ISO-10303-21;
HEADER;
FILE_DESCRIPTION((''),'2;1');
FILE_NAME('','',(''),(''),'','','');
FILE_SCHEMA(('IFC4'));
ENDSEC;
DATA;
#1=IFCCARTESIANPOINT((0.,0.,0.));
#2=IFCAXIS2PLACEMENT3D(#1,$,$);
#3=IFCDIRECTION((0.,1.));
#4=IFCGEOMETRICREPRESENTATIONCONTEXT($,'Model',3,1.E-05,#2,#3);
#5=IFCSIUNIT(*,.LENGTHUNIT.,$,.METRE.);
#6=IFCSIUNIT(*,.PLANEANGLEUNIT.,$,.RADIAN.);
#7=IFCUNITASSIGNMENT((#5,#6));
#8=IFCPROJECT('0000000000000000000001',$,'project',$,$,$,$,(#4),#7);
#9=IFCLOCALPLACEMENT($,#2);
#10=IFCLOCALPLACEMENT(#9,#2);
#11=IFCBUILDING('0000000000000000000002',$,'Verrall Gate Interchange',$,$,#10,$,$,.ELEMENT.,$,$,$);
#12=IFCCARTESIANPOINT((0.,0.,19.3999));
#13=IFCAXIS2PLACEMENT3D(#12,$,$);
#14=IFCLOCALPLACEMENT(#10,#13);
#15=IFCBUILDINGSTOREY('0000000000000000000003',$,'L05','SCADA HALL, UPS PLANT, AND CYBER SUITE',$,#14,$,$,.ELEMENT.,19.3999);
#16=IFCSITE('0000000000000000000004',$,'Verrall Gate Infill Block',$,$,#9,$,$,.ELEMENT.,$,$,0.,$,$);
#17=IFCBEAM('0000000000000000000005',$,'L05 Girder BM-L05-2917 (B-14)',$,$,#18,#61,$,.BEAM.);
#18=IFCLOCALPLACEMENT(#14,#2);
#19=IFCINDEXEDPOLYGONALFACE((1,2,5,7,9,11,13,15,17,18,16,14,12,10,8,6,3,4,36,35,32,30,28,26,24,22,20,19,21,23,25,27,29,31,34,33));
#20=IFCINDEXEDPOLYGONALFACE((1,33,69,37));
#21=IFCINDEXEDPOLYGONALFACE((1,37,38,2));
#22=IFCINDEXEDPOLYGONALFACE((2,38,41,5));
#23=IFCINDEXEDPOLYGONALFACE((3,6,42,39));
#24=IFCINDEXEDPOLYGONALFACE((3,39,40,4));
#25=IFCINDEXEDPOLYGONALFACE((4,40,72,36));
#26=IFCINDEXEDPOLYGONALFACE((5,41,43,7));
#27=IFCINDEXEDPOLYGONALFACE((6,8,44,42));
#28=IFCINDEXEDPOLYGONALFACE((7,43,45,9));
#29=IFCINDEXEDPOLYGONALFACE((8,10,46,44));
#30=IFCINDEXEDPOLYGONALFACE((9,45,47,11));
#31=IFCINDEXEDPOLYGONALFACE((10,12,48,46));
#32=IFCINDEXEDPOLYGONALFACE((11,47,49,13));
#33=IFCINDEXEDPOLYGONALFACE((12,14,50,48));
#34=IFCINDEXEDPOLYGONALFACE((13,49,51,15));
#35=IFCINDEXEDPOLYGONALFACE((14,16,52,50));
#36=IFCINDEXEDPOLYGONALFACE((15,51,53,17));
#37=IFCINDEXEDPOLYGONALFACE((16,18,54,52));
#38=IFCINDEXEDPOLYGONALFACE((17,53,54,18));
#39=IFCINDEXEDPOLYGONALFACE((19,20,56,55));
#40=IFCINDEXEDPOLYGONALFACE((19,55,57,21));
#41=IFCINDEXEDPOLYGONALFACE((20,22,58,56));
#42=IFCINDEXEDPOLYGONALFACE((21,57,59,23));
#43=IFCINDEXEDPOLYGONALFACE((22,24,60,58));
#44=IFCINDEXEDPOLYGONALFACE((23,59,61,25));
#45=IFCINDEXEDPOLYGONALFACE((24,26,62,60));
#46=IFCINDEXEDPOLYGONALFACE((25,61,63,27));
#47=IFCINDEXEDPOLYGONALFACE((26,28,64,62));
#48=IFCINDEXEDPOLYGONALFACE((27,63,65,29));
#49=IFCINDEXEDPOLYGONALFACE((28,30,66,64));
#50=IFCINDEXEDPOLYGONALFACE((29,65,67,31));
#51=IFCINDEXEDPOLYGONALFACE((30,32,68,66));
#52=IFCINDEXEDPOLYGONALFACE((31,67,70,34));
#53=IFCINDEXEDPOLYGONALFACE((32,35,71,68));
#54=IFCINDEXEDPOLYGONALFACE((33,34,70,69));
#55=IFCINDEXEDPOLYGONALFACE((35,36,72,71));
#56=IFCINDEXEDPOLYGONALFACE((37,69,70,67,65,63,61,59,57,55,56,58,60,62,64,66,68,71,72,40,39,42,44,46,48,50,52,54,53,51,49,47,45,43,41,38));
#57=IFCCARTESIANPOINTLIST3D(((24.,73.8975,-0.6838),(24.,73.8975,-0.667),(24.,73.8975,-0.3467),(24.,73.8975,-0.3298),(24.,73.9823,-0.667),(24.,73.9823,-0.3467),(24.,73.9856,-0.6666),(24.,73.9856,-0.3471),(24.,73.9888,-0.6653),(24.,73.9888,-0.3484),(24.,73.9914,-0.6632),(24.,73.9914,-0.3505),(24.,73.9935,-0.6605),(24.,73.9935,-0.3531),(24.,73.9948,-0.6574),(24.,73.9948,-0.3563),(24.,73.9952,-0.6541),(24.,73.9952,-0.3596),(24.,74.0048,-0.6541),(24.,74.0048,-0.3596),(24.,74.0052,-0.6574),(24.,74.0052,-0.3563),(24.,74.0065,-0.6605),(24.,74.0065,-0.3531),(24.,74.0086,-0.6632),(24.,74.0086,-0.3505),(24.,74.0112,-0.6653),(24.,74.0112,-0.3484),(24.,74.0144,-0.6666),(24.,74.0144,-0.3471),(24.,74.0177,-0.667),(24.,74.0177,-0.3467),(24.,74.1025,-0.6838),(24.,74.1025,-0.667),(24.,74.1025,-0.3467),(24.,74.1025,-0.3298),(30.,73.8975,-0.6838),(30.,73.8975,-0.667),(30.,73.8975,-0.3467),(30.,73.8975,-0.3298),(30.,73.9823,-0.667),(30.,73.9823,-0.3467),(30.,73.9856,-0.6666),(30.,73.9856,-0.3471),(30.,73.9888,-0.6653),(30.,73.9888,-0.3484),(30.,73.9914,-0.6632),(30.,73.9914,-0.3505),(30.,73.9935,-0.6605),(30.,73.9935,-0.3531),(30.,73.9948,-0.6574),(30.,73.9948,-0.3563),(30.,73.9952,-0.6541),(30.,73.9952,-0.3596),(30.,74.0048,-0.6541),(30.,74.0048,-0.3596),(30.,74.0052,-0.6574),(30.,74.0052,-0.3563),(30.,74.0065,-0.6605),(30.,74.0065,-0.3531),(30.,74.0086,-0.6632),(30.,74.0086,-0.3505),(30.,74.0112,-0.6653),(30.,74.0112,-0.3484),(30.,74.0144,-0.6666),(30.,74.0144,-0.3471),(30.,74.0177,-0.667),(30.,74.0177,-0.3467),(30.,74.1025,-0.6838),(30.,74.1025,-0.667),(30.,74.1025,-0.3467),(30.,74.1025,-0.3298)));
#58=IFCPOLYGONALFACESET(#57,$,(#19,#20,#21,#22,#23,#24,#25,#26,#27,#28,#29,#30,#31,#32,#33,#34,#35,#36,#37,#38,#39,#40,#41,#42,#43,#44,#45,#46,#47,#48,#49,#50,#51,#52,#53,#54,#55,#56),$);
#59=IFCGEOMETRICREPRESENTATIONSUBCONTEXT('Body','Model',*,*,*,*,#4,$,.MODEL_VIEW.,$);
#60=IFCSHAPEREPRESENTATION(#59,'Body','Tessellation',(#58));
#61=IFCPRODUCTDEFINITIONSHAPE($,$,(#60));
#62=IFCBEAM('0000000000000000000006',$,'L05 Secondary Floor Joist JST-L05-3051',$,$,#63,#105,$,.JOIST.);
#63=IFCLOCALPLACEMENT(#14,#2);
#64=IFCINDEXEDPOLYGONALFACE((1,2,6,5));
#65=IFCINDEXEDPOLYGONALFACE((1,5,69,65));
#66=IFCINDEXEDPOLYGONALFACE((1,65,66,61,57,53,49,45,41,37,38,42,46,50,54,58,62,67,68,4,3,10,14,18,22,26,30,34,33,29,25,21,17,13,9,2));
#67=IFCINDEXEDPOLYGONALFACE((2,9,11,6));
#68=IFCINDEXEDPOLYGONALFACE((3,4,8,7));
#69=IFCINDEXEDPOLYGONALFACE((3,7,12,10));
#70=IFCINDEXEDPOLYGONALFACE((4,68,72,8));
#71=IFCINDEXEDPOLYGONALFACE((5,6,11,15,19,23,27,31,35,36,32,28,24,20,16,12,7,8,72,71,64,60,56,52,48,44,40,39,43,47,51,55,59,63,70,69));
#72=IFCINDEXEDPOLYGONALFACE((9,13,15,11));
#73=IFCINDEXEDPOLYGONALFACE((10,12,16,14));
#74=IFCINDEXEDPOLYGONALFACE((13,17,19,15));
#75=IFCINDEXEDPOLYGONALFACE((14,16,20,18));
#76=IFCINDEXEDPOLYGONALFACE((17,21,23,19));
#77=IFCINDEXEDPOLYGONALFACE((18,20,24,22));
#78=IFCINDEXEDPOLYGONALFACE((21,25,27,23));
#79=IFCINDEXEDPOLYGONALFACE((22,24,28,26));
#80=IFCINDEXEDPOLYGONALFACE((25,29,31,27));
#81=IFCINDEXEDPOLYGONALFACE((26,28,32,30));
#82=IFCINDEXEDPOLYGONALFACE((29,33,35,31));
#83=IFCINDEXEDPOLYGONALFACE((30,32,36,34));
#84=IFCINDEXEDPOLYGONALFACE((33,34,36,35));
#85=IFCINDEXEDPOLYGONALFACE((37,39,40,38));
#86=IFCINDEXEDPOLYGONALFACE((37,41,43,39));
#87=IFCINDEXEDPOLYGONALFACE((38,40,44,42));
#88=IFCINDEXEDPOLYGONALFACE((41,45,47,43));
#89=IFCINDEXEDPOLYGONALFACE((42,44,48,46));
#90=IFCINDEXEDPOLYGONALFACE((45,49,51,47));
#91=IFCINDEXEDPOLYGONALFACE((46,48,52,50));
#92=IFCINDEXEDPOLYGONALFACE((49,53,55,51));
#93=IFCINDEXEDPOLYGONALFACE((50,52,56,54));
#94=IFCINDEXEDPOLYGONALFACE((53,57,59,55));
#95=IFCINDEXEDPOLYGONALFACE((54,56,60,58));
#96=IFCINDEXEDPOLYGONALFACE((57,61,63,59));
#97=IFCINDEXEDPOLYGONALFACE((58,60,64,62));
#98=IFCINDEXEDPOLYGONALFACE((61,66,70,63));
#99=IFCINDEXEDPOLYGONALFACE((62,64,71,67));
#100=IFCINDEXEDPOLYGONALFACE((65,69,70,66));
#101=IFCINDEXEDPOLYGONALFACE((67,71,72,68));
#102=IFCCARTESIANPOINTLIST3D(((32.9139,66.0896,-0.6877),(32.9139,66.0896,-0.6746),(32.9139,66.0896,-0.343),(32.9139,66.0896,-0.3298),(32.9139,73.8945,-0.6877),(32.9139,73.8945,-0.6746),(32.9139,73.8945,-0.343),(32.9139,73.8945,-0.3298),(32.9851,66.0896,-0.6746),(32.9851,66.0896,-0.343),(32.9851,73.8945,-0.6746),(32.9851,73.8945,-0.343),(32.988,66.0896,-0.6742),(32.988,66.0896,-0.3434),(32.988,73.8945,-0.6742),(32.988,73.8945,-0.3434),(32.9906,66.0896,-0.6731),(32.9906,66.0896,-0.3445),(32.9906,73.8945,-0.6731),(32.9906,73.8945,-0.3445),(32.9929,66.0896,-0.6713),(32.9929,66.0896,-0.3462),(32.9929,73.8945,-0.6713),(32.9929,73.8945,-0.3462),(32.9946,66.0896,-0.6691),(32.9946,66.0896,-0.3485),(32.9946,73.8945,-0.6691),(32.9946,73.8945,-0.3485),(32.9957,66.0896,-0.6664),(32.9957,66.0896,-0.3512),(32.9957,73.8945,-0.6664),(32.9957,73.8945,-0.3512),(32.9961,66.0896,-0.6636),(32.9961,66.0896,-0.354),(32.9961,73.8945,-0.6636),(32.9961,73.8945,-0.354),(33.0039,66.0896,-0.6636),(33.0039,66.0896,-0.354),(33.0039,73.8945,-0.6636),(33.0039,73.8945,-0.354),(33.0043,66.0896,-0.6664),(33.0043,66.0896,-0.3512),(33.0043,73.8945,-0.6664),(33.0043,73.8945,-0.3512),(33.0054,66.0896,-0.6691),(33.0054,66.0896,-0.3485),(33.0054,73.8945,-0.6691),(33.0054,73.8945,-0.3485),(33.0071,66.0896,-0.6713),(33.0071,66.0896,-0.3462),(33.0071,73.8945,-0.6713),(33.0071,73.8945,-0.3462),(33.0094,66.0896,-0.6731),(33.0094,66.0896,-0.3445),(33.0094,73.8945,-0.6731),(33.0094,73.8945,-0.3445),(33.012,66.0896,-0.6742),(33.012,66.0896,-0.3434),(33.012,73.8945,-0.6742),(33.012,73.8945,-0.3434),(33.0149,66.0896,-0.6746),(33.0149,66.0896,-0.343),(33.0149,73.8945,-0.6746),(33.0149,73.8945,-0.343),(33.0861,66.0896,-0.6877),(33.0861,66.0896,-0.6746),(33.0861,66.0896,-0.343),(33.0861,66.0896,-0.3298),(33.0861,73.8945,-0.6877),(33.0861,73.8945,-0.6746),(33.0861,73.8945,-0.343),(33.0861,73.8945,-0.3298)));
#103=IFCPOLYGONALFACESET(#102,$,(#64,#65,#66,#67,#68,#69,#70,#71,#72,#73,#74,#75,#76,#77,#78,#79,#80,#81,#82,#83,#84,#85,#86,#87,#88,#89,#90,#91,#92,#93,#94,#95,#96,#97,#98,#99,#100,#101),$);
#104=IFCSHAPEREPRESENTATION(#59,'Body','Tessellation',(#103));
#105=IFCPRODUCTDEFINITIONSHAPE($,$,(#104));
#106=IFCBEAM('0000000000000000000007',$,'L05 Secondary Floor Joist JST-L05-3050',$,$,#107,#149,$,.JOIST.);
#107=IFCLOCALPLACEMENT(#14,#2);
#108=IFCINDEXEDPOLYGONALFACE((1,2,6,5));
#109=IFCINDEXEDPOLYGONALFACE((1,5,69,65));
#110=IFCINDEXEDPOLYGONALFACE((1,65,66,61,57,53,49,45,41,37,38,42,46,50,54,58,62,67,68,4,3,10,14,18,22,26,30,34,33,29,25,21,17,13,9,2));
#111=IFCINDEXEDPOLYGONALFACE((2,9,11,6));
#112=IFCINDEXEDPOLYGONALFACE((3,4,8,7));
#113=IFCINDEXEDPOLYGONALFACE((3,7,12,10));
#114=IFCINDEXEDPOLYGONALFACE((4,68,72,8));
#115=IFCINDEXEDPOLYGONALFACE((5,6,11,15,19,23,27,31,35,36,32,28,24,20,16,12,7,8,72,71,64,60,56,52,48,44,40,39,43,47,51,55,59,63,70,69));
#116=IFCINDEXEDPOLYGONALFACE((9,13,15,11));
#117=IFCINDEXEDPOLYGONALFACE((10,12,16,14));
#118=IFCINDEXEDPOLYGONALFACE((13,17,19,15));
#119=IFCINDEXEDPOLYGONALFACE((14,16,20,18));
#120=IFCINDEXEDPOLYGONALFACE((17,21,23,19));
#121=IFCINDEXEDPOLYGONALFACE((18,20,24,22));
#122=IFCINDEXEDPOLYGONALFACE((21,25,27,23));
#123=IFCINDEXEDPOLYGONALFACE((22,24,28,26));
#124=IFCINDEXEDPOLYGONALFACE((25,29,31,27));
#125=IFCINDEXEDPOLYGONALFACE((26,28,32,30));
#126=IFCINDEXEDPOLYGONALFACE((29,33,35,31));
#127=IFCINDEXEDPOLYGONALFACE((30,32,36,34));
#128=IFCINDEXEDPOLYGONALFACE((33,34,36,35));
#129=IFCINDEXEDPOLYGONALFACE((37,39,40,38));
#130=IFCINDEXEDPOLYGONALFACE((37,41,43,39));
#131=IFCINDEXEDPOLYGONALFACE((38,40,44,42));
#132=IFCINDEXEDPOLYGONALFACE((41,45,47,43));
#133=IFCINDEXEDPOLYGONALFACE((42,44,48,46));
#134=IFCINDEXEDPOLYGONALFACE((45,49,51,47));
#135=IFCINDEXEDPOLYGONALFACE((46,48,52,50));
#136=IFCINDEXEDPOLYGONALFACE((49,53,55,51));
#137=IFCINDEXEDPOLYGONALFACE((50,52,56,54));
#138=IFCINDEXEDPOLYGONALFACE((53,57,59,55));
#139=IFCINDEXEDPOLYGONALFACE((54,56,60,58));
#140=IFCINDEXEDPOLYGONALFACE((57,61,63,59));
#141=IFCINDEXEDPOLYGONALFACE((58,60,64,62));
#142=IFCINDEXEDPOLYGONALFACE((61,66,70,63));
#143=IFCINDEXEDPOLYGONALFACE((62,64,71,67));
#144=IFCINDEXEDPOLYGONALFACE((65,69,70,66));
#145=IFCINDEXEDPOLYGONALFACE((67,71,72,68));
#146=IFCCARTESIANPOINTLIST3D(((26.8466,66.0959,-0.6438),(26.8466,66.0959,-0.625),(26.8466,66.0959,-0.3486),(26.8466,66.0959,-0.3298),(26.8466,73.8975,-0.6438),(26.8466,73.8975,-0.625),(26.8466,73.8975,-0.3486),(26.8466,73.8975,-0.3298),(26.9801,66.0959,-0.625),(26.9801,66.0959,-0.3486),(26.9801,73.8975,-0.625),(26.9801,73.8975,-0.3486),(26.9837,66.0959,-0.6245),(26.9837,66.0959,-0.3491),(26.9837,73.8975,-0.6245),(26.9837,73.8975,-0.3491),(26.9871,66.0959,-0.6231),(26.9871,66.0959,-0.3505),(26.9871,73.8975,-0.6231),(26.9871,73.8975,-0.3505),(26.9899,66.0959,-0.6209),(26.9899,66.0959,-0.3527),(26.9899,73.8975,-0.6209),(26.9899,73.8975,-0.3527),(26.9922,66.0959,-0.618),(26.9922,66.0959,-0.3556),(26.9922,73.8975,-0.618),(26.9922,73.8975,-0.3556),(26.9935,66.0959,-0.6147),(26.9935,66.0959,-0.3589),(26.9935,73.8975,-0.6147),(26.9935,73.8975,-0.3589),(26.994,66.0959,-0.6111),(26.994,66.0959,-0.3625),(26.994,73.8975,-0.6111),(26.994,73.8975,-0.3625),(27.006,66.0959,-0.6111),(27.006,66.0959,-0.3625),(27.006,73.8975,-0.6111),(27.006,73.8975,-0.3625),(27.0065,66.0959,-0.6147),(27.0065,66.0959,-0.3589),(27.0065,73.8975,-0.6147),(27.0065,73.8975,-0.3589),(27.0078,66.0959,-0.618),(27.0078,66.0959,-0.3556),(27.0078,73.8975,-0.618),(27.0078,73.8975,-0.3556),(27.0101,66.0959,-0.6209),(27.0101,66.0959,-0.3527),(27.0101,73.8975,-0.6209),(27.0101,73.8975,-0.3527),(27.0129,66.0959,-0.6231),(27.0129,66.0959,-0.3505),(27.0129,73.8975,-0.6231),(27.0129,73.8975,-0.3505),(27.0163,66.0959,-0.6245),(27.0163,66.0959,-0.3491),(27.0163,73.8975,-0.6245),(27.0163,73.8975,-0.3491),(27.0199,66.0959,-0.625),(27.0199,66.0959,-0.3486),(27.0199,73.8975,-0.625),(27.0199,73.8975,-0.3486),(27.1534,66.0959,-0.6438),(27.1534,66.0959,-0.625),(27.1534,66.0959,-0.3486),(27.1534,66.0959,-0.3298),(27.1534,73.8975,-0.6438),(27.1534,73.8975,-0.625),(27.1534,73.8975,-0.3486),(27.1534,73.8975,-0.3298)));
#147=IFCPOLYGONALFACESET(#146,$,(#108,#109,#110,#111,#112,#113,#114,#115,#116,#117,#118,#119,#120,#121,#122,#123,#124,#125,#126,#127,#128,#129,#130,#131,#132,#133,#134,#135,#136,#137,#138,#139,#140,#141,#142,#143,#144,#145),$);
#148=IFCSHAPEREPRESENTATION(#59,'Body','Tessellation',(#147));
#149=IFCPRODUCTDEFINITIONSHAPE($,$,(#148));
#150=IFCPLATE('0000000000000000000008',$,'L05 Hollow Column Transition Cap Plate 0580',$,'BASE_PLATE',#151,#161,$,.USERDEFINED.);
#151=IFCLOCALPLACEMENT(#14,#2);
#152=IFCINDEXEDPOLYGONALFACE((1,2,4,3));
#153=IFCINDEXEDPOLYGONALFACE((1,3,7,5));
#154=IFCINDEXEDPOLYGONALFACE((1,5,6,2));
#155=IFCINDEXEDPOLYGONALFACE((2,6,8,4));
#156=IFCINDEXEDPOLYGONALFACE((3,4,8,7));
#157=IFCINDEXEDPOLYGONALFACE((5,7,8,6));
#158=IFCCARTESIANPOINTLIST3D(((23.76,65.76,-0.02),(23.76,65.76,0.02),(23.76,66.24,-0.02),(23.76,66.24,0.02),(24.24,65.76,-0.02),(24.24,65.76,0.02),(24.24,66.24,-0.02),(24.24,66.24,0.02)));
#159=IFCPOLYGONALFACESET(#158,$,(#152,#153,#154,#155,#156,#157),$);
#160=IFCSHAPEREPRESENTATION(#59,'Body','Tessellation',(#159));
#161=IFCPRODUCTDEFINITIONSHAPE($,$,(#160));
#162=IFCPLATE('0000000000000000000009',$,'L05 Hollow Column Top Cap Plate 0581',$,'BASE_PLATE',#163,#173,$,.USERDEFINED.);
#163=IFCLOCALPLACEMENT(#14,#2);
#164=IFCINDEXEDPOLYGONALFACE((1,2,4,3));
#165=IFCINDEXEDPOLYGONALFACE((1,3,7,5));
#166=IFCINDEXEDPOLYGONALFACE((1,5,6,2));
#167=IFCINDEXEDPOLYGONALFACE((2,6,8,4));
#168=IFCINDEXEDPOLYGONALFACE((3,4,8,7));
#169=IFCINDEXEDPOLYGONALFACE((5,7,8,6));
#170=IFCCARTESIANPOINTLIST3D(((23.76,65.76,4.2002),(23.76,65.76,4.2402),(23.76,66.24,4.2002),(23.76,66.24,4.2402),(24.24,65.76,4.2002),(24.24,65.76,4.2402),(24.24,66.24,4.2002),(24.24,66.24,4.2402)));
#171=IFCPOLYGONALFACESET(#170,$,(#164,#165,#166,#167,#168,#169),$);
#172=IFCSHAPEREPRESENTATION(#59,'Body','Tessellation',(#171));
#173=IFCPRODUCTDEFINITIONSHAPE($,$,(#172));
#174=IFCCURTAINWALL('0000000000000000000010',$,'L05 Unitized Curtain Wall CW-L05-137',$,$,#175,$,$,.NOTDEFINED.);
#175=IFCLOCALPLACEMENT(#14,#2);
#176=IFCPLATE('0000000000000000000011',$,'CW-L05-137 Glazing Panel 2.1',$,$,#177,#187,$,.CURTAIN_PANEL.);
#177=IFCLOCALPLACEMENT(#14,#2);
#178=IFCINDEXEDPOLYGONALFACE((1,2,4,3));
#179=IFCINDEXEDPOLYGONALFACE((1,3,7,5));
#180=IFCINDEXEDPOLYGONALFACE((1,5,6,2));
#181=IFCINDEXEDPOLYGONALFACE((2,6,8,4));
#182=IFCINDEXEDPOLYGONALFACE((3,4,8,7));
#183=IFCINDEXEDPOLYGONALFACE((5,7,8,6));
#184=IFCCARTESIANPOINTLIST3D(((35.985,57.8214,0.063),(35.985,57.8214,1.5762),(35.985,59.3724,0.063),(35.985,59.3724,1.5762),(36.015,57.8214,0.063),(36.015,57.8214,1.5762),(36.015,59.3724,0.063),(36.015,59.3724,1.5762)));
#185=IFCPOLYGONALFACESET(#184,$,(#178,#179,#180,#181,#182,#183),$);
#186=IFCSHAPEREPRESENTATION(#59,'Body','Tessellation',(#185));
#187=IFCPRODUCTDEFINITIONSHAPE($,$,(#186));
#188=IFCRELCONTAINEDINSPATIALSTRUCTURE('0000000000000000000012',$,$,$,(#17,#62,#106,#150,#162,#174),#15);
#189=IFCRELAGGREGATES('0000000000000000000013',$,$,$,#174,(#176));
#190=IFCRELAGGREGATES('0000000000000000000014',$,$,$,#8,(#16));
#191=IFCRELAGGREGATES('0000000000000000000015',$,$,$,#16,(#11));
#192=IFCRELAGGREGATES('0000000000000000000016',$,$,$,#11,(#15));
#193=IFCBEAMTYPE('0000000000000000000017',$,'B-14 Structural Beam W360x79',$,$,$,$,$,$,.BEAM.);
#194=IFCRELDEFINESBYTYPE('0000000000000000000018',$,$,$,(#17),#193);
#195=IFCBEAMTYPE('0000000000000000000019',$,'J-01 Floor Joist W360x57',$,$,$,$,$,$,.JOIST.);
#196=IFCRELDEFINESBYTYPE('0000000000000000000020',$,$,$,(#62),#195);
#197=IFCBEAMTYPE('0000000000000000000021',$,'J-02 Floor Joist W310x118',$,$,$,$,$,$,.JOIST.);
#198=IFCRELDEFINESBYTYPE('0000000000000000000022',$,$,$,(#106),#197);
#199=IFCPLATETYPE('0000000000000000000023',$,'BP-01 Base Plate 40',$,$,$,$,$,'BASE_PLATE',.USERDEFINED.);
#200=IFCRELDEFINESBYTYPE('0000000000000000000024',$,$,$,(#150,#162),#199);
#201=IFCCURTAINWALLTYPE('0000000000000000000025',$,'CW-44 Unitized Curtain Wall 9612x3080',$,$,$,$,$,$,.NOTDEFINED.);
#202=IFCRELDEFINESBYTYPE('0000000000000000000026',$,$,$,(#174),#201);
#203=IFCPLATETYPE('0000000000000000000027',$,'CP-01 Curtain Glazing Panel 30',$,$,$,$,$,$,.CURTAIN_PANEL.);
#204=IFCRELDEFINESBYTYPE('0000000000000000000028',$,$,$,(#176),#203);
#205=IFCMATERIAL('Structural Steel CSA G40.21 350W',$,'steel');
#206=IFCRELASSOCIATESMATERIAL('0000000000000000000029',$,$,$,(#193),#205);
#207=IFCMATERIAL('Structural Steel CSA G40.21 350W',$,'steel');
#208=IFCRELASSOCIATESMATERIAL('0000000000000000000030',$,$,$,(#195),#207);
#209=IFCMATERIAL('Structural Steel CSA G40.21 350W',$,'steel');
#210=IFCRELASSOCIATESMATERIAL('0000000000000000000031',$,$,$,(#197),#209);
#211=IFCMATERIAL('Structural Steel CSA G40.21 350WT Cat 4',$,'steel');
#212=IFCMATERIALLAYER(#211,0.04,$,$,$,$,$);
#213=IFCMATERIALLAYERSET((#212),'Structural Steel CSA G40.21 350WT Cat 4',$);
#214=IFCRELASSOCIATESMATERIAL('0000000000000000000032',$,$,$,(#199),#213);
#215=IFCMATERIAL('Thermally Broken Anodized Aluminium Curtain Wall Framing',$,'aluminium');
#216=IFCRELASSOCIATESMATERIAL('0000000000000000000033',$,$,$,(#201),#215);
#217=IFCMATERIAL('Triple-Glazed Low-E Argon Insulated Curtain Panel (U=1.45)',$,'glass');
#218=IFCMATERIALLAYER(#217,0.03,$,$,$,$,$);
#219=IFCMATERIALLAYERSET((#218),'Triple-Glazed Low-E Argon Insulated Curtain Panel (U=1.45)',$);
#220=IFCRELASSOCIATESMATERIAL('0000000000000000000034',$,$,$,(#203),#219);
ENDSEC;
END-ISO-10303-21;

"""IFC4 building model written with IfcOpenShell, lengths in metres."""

from ifc_helpers import new_model, si_unit, direction, frame, origin, origin_2d, place, context, subcontext, project, spatial, rectangle, i_section, extrude, material, layer, layer_set, material_profile, profile_set, type_object, element, aggregate, save


model = new_model("IFC4")

# Units and contexts
model_context = context("Model", 3, precision=1e-05, world=origin(), true_north=direction((0.0, 1.0)))
body_context = subcontext(model_context, "Body", "Model", "MODEL_VIEW")
ifc_project = project(units=[si_unit("LENGTHUNIT", "METRE"), si_unit("PLANEANGLEUNIT", "RADIAN")], contexts=[model_context])

# Site, building, storey
site_placement = place(None, origin())
site = spatial("IfcSite", under=ifc_project, at=site_placement, Name="Verrall Gate Infill Block", CompositionType="ELEMENT", RefElevation=0.0)
building_placement = place(site_placement, origin())
building = spatial("IfcBuilding", under=site, at=building_placement, Name="Verrall Gate Interchange", CompositionType="ELEMENT")
storey_placement = place(building_placement, frame((0.0, 0.0, 19.3999)))
storey = spatial("IfcBuildingStorey", under=building, at=storey_placement, Name="L05", Description="SCADA HALL, UPS PLANT, AND CYBER SUITE", CompositionType="ELEMENT", Elevation=19.3999)

# Beams
ifc_material_1 = material(Name="Structural Steel CSA G40.21 350W", Category="steel")
ifc_material_profile_1 = material_profile(ifc_material_1, i_section(OverallWidth=0.2051, OverallDepth=0.354, WebThickness=0.0095, FlangeThickness=0.0168, FilletRadius=0.0129, at=origin_2d()), Name="W360x79")
ifc_profile_set_1 = profile_set([ifc_material_profile_1], Name="Structural Steel CSA G40.21 350W")
beam_type_1 = type_object("IfcBeamType", Name="B-14 Structural Beam W360x79", PredefinedType="BEAM", material=ifc_profile_set_1)
beam_1_placement = place(storey_placement, frame((24.0, 74.0, -0.5068), z_axis=(1.0, 0.0, 0.0), x_axis=(0.0, 1.0, 0.0)))
element("IfcBeam", 1, at=beam_1_placement, inside=storey, type_object=beam_type_1, Name="L05 Girder BM-L05-2917 (B-14)", PredefinedType="BEAM", context=body_context, shape_type="SweptSolid", body=[
    extrude(i_section(OverallWidth=0.2051, OverallDepth=0.354, WebThickness=0.0095, FlangeThickness=0.0168, FilletRadius=0.0129, at=origin_2d()), origin(), (0.0, 0.0, 1.0), 6.0),
])
ifc_material_2 = material(Name="Structural Steel CSA G40.21 350W", Category="steel")
ifc_material_profile_2 = material_profile(ifc_material_2, i_section(OverallWidth=0.1721, OverallDepth=0.3579, WebThickness=0.0078, FlangeThickness=0.0132, FilletRadius=0.011, at=origin_2d()), Name="W360x57")
ifc_profile_set_2 = profile_set([ifc_material_profile_2], Name="Structural Steel CSA G40.21 350W")
beam_type_2 = type_object("IfcBeamType", Name="J-01 Floor Joist W360x57", PredefinedType="JOIST", material=ifc_profile_set_2)
beam_2_placement = place(storey_placement, frame((33.0, 66.0896, -0.5088), z_axis=(0.0, 1.0, 0.0), x_axis=(-1.0, 0.0, 0.0)))
element("IfcBeam", 2, at=beam_2_placement, inside=storey, type_object=beam_type_2, Name="L05 Secondary Floor Joist JST-L05-3051", PredefinedType="JOIST", context=body_context, shape_type="SweptSolid", body=[
    extrude(i_section(OverallWidth=0.1721, OverallDepth=0.3579, WebThickness=0.0078, FlangeThickness=0.0132, FilletRadius=0.011, at=origin_2d()), origin(), (0.0, 0.0, 1.0), 7.8049),
])
ifc_material_3 = material(Name="Structural Steel CSA G40.21 350W", Category="steel")
ifc_material_profile_3 = material_profile(ifc_material_3, i_section(OverallWidth=0.3069, OverallDepth=0.314, WebThickness=0.012, FlangeThickness=0.0188, FilletRadius=0.0139, at=origin_2d()), Name="W310x118")
ifc_profile_set_3 = profile_set([ifc_material_profile_3], Name="Structural Steel CSA G40.21 350W")
beam_type_3 = type_object("IfcBeamType", Name="J-02 Floor Joist W310x118", PredefinedType="JOIST", material=ifc_profile_set_3)
beam_3_placement = place(storey_placement, frame((27.0, 66.0959, -0.4868), z_axis=(0.0, 1.0, 0.0), x_axis=(-1.0, 0.0, 0.0)))
element("IfcBeam", 3, at=beam_3_placement, inside=storey, type_object=beam_type_3, Name="L05 Secondary Floor Joist JST-L05-3050", PredefinedType="JOIST", context=body_context, shape_type="SweptSolid", body=[
    extrude(i_section(OverallWidth=0.3069, OverallDepth=0.314, WebThickness=0.012, FlangeThickness=0.0188, FilletRadius=0.0139, at=origin_2d()), origin(), (0.0, 0.0, 1.0), 7.8015),
])

# Plates
ifc_material_4 = material(Name="Structural Steel CSA G40.21 350WT Cat 4", Category="steel")
ifc_layer_1 = layer(ifc_material_4, 0.04)
ifc_layer_set_1 = layer_set([ifc_layer_1], Name="Structural Steel CSA G40.21 350WT Cat 4")
plate_type_1 = type_object("IfcPlateType", Name="BP-01 Base Plate 40", ElementType="BASE_PLATE", PredefinedType="USERDEFINED", material=ifc_layer_set_1)
for number, where, z_axis, x_axis, name in (
    (4, (24.0, 66.0, -0.02), (0.0, 0.0, 1.0), (1.0, 0.0, 0.0), "L05 Hollow Column Transition Cap Plate 0580"),
    (5, (24.0, 66.0, 4.2002), (0.0, 0.0, 1.0), (1.0, 0.0, 0.0), "L05 Hollow Column Top Cap Plate 0581"),
):
    element("IfcPlate", number, at=place(storey_placement, frame(where, z_axis=z_axis, x_axis=x_axis)), inside=storey, type_object=plate_type_1, Name=name, ObjectType="BASE_PLATE", PredefinedType="USERDEFINED", context=body_context, shape_type="SweptSolid", body=[
        extrude(rectangle(XDim=0.48, YDim=0.48, at=origin_2d()), origin(), (0.0, 0.0, 1.0), 0.04),
    ])

# Curtain wall, plate
ifc_material_5 = material(Name="Thermally Broken Anodized Aluminium Curtain Wall Framing", Category="aluminium")
curtain_wall_type = type_object("IfcCurtainWallType", Name="CW-44 Unitized Curtain Wall 9612x3080", PredefinedType="NOTDEFINED", material=ifc_material_5)
curtain_wall_placement = place(storey_placement, origin())
curtain_wall = element("IfcCurtainWall", 6, at=curtain_wall_placement, inside=storey, type_object=curtain_wall_type, Name="L05 Unitized Curtain Wall CW-L05-137", PredefinedType="NOTDEFINED")
ifc_material_6 = material(Name="Triple-Glazed Low-E Argon Insulated Curtain Panel (U=1.45)", Category="glass")
ifc_layer_2 = layer(ifc_material_6, 0.03)
ifc_layer_set_2 = layer_set([ifc_layer_2], Name="Triple-Glazed Low-E Argon Insulated Curtain Panel (U=1.45)")
plate_type_2 = type_object("IfcPlateType", Name="CP-01 Curtain Glazing Panel 30", PredefinedType="CURTAIN_PANEL", material=ifc_layer_set_2)
plate_1_placement = place(storey_placement, frame((36.0, 58.5969, 0.063), z_axis=(0.0, 0.0, 1.0), x_axis=(0.0, 1.0, 0.0)))
plate_1 = element("IfcPlate", 7, at=plate_1_placement, type_object=plate_type_2, Name="CW-L05-137 Glazing Panel 2.1", PredefinedType="CURTAIN_PANEL", context=body_context, shape_type="SweptSolid", body=[
    extrude(rectangle(XDim=1.551, YDim=0.03, at=origin_2d()), origin(), (0.0, 0.0, 1.0), 1.5132),
])
aggregate(curtain_wall, [plate_1])

save(model, "model.ifc")
